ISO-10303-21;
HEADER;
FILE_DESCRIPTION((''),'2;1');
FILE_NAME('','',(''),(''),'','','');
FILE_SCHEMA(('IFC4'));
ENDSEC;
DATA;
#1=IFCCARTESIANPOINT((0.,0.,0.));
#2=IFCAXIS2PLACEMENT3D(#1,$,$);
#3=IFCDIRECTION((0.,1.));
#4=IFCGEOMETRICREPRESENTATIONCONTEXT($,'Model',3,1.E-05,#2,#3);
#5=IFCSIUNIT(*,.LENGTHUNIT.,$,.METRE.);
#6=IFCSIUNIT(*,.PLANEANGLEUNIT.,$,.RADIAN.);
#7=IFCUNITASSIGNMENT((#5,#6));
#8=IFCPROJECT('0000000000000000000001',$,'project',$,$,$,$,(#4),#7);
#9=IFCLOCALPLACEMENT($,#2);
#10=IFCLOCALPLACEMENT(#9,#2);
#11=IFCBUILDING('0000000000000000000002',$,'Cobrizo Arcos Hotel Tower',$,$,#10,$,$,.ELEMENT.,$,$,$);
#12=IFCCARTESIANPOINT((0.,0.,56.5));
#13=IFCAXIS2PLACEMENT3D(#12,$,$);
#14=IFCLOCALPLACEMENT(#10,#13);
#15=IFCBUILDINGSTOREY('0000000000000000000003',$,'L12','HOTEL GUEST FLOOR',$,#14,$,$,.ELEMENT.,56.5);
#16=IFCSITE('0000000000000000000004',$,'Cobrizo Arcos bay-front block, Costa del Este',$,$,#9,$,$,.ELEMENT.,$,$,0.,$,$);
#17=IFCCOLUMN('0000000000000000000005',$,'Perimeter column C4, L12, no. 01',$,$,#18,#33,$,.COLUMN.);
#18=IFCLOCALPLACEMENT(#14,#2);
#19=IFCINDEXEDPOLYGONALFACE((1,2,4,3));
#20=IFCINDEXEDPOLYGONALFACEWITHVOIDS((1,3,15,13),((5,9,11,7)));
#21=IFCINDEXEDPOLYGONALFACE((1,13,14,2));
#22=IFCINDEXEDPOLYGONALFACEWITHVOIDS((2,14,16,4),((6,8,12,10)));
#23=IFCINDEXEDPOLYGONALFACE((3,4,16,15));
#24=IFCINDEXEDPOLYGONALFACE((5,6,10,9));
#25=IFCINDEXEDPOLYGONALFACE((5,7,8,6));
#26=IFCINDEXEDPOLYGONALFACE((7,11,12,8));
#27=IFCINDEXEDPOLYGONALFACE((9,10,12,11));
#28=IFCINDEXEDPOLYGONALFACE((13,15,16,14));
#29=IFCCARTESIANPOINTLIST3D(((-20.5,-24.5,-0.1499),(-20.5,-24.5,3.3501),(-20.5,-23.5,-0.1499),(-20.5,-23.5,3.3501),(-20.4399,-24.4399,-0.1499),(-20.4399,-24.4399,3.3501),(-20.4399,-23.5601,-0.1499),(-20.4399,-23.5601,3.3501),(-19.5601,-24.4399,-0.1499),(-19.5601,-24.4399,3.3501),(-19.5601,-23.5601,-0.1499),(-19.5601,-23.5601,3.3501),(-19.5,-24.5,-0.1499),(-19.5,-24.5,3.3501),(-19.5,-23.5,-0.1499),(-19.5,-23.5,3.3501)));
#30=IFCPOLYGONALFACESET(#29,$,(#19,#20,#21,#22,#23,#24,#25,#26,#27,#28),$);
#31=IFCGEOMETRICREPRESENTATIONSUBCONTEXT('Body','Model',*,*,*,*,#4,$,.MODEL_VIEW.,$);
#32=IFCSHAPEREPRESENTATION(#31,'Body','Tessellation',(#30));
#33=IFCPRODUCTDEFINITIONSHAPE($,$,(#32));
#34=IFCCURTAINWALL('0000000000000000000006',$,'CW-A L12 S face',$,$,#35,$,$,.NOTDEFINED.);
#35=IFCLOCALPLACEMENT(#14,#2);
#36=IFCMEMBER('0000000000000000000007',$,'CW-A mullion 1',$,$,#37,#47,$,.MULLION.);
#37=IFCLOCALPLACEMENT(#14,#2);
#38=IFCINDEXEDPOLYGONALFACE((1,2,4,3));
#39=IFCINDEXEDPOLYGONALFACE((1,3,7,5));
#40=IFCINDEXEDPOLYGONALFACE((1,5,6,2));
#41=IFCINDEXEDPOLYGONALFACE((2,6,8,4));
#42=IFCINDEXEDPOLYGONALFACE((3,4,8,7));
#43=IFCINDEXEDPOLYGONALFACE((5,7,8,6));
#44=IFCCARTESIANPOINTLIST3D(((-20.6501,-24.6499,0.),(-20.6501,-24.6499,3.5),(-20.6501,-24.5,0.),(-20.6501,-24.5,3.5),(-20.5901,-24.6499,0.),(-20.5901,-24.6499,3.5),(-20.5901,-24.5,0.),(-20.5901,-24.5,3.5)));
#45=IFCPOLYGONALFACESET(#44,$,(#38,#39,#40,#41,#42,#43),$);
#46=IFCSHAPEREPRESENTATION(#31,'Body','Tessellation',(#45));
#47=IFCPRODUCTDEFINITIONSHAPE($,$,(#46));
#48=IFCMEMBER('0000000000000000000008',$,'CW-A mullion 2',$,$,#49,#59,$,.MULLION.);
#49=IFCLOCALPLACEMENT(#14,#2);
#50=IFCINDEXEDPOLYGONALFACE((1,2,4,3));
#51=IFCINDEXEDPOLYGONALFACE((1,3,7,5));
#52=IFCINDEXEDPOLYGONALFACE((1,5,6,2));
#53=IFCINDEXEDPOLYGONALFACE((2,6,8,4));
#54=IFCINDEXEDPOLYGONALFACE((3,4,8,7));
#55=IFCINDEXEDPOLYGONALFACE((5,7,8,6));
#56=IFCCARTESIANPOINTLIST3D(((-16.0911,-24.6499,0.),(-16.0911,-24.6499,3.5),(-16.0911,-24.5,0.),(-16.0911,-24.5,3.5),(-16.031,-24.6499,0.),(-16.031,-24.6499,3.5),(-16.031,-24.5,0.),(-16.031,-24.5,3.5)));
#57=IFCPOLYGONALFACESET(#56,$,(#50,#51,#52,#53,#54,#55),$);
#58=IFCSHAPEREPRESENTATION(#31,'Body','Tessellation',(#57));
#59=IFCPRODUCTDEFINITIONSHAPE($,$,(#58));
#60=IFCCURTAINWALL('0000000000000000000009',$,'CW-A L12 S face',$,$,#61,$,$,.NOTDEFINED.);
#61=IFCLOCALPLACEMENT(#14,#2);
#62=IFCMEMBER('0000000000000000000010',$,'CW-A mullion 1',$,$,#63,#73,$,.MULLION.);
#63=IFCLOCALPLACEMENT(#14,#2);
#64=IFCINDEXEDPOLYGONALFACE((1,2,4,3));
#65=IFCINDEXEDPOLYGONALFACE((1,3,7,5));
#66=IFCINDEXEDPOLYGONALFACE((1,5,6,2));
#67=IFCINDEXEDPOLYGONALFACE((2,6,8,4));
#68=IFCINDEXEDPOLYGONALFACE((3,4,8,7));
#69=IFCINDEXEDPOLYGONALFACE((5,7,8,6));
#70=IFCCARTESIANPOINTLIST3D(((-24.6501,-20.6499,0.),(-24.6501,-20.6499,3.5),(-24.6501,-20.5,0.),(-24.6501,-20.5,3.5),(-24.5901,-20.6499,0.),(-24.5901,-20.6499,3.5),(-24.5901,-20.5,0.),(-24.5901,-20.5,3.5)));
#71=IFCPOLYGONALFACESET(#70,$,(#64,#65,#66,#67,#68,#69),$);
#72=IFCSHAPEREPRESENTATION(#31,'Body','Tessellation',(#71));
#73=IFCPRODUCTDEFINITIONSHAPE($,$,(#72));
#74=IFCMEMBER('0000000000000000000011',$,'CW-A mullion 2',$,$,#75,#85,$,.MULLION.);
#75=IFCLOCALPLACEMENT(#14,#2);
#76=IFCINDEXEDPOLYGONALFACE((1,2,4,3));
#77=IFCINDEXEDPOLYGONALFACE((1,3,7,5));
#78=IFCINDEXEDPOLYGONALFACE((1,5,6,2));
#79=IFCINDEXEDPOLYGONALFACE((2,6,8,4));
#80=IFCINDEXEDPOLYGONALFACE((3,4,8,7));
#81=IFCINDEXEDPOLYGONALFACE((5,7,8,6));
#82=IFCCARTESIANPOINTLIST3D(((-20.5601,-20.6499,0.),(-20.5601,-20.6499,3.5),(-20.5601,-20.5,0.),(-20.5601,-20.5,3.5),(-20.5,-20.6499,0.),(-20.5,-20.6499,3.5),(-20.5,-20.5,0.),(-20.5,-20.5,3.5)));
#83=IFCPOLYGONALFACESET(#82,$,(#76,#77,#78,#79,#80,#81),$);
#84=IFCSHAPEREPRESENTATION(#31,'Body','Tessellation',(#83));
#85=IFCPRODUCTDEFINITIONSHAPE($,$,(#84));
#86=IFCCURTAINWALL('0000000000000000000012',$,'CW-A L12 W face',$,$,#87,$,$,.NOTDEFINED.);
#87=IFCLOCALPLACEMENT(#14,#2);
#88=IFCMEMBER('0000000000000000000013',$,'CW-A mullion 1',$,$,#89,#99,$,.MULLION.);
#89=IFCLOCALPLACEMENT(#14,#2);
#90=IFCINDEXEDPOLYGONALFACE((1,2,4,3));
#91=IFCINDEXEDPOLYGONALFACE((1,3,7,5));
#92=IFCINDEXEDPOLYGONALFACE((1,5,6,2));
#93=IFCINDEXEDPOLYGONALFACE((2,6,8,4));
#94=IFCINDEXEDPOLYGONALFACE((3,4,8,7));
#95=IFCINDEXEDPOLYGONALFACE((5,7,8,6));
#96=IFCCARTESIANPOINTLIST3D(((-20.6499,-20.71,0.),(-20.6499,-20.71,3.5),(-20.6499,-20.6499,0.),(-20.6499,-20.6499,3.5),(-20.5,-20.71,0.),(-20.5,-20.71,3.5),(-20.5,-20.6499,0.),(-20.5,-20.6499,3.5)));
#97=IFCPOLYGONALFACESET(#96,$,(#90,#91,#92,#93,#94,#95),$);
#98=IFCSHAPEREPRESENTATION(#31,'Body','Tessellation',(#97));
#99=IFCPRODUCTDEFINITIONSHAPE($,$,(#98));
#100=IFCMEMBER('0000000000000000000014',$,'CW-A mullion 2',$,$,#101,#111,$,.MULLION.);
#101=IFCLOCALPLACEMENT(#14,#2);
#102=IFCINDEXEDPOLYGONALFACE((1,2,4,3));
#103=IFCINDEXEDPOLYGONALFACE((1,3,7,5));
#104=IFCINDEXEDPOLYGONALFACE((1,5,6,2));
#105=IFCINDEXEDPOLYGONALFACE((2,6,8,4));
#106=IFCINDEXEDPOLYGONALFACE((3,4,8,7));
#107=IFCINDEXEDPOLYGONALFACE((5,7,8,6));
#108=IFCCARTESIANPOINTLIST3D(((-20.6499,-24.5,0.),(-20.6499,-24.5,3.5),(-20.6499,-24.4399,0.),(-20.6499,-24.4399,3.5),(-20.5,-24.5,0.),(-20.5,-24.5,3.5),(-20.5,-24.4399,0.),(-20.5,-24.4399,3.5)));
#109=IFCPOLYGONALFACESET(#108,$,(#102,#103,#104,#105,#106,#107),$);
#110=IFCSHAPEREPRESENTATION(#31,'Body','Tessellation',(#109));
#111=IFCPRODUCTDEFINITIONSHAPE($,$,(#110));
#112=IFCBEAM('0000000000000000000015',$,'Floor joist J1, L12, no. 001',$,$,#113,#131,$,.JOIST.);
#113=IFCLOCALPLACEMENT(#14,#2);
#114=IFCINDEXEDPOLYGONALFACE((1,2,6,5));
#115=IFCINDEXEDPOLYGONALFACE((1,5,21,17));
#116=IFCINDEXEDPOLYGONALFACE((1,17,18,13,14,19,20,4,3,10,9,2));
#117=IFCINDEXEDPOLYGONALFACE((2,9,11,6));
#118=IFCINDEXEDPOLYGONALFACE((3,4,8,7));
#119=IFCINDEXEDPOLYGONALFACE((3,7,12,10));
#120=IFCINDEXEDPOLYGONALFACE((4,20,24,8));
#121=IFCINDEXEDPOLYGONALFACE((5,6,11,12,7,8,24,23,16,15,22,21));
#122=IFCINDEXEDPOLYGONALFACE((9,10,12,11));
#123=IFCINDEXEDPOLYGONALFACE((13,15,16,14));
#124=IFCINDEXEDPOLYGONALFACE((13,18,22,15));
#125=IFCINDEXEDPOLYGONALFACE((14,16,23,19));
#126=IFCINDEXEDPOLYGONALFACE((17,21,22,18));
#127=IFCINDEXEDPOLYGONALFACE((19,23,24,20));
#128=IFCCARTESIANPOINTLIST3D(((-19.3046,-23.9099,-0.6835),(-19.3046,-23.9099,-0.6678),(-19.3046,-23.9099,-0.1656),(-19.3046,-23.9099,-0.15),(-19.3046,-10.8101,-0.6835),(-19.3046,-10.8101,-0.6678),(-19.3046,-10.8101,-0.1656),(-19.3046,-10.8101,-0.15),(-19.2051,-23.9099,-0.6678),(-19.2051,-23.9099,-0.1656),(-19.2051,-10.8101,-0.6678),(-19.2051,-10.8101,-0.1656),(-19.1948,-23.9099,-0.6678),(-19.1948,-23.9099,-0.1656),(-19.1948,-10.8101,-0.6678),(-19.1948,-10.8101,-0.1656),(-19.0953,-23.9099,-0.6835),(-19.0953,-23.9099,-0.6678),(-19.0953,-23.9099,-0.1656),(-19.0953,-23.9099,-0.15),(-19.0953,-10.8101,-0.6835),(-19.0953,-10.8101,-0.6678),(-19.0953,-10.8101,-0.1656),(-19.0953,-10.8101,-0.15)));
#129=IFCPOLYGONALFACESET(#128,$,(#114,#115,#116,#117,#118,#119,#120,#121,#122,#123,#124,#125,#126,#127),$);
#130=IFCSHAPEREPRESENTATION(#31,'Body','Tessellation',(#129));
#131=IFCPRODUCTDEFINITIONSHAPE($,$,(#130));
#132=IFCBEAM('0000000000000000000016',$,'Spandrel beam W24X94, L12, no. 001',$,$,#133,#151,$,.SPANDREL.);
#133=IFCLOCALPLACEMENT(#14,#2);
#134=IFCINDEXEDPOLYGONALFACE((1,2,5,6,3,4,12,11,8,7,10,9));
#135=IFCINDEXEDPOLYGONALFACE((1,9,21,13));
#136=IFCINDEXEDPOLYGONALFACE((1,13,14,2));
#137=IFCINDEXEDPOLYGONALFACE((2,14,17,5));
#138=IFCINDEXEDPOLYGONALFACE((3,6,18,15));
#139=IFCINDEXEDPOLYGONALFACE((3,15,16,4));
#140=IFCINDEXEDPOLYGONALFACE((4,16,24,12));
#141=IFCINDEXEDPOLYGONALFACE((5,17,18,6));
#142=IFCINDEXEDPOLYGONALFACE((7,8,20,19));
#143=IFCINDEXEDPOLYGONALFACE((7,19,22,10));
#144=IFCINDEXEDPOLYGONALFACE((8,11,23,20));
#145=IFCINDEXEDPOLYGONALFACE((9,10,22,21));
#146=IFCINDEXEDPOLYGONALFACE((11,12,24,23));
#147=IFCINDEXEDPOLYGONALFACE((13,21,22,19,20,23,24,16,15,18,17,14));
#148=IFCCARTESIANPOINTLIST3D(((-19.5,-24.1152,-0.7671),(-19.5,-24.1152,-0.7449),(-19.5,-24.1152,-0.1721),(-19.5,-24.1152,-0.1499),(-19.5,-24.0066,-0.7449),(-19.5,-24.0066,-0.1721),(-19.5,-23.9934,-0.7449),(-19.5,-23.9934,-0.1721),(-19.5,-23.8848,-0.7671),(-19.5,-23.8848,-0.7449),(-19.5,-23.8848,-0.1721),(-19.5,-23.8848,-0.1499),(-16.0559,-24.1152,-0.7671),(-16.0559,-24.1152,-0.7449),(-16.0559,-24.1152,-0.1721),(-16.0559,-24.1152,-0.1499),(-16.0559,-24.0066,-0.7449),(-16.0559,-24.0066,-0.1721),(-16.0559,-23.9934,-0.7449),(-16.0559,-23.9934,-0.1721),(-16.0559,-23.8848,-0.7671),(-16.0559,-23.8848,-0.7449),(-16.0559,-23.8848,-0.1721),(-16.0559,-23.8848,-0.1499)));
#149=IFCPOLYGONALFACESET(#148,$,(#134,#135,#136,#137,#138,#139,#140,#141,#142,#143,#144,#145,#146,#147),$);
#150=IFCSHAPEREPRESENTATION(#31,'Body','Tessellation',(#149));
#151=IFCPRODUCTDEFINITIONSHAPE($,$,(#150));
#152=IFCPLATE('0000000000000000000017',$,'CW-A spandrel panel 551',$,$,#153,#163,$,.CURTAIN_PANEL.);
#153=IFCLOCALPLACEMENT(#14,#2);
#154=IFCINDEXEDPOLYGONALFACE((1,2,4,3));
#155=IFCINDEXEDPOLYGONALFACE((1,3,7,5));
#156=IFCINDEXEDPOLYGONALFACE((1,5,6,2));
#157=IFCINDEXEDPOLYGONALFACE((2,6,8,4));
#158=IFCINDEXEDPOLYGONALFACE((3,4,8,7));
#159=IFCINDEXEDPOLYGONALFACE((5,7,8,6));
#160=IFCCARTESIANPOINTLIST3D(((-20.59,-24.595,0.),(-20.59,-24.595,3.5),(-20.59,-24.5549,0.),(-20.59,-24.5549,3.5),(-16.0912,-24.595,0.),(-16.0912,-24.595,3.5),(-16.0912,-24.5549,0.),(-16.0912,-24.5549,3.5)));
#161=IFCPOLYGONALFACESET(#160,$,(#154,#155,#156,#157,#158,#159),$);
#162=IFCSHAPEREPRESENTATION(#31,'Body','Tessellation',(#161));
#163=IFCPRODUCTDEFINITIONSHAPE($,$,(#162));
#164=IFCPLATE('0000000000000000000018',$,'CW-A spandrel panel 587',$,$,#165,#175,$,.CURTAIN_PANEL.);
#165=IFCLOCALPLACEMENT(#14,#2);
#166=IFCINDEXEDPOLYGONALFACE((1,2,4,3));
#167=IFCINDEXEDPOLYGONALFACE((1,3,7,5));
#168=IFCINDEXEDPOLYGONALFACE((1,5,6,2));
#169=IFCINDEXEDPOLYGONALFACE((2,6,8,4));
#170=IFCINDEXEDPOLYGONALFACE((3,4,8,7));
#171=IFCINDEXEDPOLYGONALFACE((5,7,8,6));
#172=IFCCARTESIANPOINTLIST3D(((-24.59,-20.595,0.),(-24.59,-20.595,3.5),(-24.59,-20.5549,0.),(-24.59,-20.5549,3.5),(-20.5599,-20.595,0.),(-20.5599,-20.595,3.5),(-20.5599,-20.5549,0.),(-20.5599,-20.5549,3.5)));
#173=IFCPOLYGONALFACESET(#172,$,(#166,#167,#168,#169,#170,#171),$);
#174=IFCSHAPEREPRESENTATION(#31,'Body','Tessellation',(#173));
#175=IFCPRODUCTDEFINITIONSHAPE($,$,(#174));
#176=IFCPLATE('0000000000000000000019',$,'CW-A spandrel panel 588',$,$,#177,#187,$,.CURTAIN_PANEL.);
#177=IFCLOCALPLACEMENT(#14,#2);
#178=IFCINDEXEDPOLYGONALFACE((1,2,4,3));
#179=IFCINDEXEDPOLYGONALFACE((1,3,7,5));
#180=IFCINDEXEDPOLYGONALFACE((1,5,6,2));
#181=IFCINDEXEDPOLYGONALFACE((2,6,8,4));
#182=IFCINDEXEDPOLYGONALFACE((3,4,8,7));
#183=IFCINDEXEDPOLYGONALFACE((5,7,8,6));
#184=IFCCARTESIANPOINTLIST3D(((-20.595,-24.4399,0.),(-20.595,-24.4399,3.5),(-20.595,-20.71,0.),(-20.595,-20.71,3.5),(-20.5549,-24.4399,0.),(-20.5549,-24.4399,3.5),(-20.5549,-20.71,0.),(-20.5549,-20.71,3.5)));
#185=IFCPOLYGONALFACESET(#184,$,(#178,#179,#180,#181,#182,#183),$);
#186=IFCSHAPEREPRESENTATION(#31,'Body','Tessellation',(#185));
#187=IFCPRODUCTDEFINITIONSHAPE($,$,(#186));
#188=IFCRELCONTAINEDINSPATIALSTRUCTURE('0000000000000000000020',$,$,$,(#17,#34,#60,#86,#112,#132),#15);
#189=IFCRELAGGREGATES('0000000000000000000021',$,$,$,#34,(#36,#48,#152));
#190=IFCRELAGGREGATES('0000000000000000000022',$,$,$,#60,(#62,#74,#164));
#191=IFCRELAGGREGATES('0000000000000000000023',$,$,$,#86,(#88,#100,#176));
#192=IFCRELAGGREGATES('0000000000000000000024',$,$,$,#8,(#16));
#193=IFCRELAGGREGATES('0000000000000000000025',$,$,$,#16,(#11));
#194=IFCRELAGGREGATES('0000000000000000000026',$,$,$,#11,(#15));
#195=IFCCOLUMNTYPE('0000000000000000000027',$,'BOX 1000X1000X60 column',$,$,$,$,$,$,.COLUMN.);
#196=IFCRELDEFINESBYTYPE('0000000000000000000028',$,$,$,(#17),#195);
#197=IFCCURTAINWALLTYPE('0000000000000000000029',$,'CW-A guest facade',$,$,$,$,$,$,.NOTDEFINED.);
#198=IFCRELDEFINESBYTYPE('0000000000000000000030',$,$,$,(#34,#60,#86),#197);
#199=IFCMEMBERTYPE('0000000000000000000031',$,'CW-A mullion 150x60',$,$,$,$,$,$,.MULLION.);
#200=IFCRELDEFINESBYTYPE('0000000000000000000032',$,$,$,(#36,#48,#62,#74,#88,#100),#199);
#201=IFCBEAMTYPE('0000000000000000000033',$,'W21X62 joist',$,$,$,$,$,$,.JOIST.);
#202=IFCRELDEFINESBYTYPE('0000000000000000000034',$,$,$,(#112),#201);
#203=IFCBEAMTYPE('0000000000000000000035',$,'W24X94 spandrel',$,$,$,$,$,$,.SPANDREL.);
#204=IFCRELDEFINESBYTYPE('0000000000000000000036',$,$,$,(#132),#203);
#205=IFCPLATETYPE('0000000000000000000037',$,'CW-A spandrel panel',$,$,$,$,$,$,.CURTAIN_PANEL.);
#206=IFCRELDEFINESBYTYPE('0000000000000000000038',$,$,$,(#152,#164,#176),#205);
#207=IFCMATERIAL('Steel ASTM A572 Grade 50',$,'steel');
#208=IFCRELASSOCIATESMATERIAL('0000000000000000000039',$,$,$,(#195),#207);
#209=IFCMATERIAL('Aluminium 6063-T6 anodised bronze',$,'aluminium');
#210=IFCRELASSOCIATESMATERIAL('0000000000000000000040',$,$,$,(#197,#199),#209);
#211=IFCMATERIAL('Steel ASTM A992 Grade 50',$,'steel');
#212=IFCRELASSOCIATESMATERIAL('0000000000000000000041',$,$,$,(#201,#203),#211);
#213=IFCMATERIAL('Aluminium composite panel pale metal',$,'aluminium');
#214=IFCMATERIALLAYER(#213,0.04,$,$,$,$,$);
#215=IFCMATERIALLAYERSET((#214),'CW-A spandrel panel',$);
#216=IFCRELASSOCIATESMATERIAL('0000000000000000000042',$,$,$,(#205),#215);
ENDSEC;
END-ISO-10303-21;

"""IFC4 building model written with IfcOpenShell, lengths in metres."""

from ifc_helpers import new_model, si_unit, direction, frame, origin, origin_2d, place, context, subcontext, project, spatial, rectangle, hollow_rectangle, i_section, extrude, material, layer, layer_set, material_profile, profile_set, type_object, element, aggregate, save


model = new_model("IFC4")

# Units and contexts
model_context = context("Model", 3, precision=1e-05, world=origin(), true_north=direction((0.0, 1.0)))
body_context = subcontext(model_context, "Body", "Model", "MODEL_VIEW")
ifc_project = project(units=[si_unit("LENGTHUNIT", "METRE"), si_unit("PLANEANGLEUNIT", "RADIAN")], contexts=[model_context])

# Site, building, storey
site_placement = place(None, origin())
site = spatial("IfcSite", under=ifc_project, at=site_placement, Name="Cobrizo Arcos bay-front block, Costa del Este", CompositionType="ELEMENT", RefElevation=0.0)
building_placement = place(site_placement, origin())
building = spatial("IfcBuilding", under=site, at=building_placement, Name="Cobrizo Arcos Hotel Tower", CompositionType="ELEMENT")
storey_placement = place(building_placement, frame((0.0, 0.0, 56.5)))
storey = spatial("IfcBuildingStorey", under=building, at=storey_placement, Name="L12", Description="HOTEL GUEST FLOOR", CompositionType="ELEMENT", Elevation=56.5)

# Column
ifc_material_1 = material(Name="Steel ASTM A572 Grade 50", Category="steel")
ifc_material_profile_1 = material_profile(ifc_material_1, hollow_rectangle(XDim=1.0, YDim=1.0, WallThickness=0.0601, at=origin_2d()), Name="BOX 1000X1000X60")
ifc_profile_set_1 = profile_set([ifc_material_profile_1], Name="Steel ASTM A572 Grade 50")
column_type = type_object("IfcColumnType", Name="BOX 1000X1000X60 column", PredefinedType="COLUMN", material=ifc_profile_set_1)
column_placement = place(storey_placement, frame((-20.0, -24.0, -0.1499), z_axis=(0.0, 0.0, 1.0), x_axis=(1.0, 0.0, 0.0)))
element("IfcColumn", 1, at=column_placement, inside=storey, type_object=column_type, Name="Perimeter column C4, L12, no. 01", PredefinedType="COLUMN", context=body_context, shape_type="SweptSolid", body=[
    extrude(hollow_rectangle(XDim=1.0, YDim=1.0, WallThickness=0.0601, at=origin_2d()), origin(), (0.0, 0.0, 1.0), 3.5),
])

# Curtain walls, members
ifc_material_2 = material(Name="Aluminium 6063-T6 anodised bronze", Category="aluminium")
curtain_wall_type = type_object("IfcCurtainWallType", Name="CW-A guest facade", PredefinedType="NOTDEFINED", material=ifc_material_2)
curtain_wall_1_placement = place(storey_placement, origin())
curtain_wall_1 = element("IfcCurtainWall", 2, at=curtain_wall_1_placement, inside=storey, type_object=curtain_wall_type, Name="CW-A L12 S face", PredefinedType="NOTDEFINED")
ifc_material_profile_2 = material_profile(ifc_material_2, rectangle(XDim=0.1499, YDim=0.0601, at=origin_2d()), Name="CW-A mullion 150x60")
ifc_profile_set_2 = profile_set([ifc_material_profile_2], Name="Aluminium 6063-T6 anodised bronze")
member_type = type_object("IfcMemberType", Name="CW-A mullion 150x60", PredefinedType="MULLION", material=ifc_profile_set_2)
member_1_placement = place(storey_placement, frame((-20.6201, -24.575, 0.0), z_axis=(0.0, 0.0, 1.0), x_axis=(0.0, -1.0, 0.0)))
member_1 = element("IfcMember", 3, at=member_1_placement, type_object=member_type, Name="CW-A mullion 1", PredefinedType="MULLION", context=body_context, shape_type="SweptSolid", body=[
    extrude(rectangle(XDim=0.1499, YDim=0.0601, at=origin_2d()), origin(), (0.0, 0.0, 1.0), 3.5),
])
member_2_placement = place(storey_placement, frame((-16.061, -24.575, 0.0), z_axis=(0.0, 0.0, 1.0), x_axis=(0.0, -1.0, 0.0)))
member_2 = element("IfcMember", 4, at=member_2_placement, type_object=member_type, Name="CW-A mullion 2", PredefinedType="MULLION", context=body_context, shape_type="SweptSolid", body=[
    extrude(rectangle(XDim=0.1499, YDim=0.0601, at=origin_2d()), origin(), (0.0, 0.0, 1.0), 3.5),
])
curtain_wall_2_placement = place(storey_placement, origin())
curtain_wall_2 = element("IfcCurtainWall", 5, at=curtain_wall_2_placement, inside=storey, type_object=curtain_wall_type, Name="CW-A L12 S face", PredefinedType="NOTDEFINED")
member_3_placement = place(storey_placement, frame((-24.6201, -20.575, 0.0), z_axis=(0.0, 0.0, 1.0), x_axis=(0.0, -1.0, 0.0)))
member_3 = element("IfcMember", 6, at=member_3_placement, type_object=member_type, Name="CW-A mullion 1", PredefinedType="MULLION", context=body_context, shape_type="SweptSolid", body=[
    extrude(rectangle(XDim=0.1499, YDim=0.0601, at=origin_2d()), origin(), (0.0, 0.0, 1.0), 3.5),
])
member_4_placement = place(storey_placement, frame((-20.53, -20.575, 0.0), z_axis=(0.0, 0.0, 1.0), x_axis=(0.0, -1.0, 0.0)))
member_4 = element("IfcMember", 7, at=member_4_placement, type_object=member_type, Name="CW-A mullion 2", PredefinedType="MULLION", context=body_context, shape_type="SweptSolid", body=[
    extrude(rectangle(XDim=0.1499, YDim=0.0601, at=origin_2d()), origin(), (0.0, 0.0, 1.0), 3.5),
])
curtain_wall_3_placement = place(storey_placement, origin())
curtain_wall_3 = element("IfcCurtainWall", 8, at=curtain_wall_3_placement, inside=storey, type_object=curtain_wall_type, Name="CW-A L12 W face", PredefinedType="NOTDEFINED")
member_5_placement = place(storey_placement, frame((-20.575, -20.6799, 0.0), z_axis=(0.0, 0.0, 1.0), x_axis=(-1.0, 0.0, 0.0)))
member_5 = element("IfcMember", 9, at=member_5_placement, type_object=member_type, Name="CW-A mullion 1", PredefinedType="MULLION", context=body_context, shape_type="SweptSolid", body=[
    extrude(rectangle(XDim=0.1499, YDim=0.0601, at=origin_2d()), origin(), (0.0, 0.0, 1.0), 3.5),
])
member_6_placement = place(storey_placement, frame((-20.575, -24.47, 0.0), z_axis=(0.0, 0.0, 1.0), x_axis=(-1.0, 0.0, 0.0)))
member_6 = element("IfcMember", 10, at=member_6_placement, type_object=member_type, Name="CW-A mullion 2", PredefinedType="MULLION", context=body_context, shape_type="SweptSolid", body=[
    extrude(rectangle(XDim=0.1499, YDim=0.0601, at=origin_2d()), origin(), (0.0, 0.0, 1.0), 3.5),
])

# Beams
ifc_material_3 = material(Name="Steel ASTM A992 Grade 50", Category="steel")
ifc_material_profile_3 = material_profile(ifc_material_3, i_section(OverallWidth=0.2092, OverallDepth=0.5334, WebThickness=0.0103, FlangeThickness=0.0156, at=origin_2d()), Name="W21X62")
ifc_profile_set_3 = profile_set([ifc_material_profile_3], Name="Steel ASTM A992 Grade 50")
beam_type_1 = type_object("IfcBeamType", Name="W21X62 joist", PredefinedType="JOIST", material=ifc_profile_set_3)
beam_1_placement = place(storey_placement, frame((-19.2, -23.9099, -0.4167), z_axis=(0.0, 1.0, 0.0), x_axis=(-1.0, 0.0, 0.0)))
element("IfcBeam", 11, at=beam_1_placement, inside=storey, type_object=beam_type_1, Name="Floor joist J1, L12, no. 001", PredefinedType="JOIST", context=body_context, shape_type="SweptSolid", body=[
    extrude(i_section(OverallWidth=0.2092, OverallDepth=0.5334, WebThickness=0.0103, FlangeThickness=0.0156, at=origin_2d()), origin(), (0.0, 0.0, 1.0), 13.0999),
])
ifc_material_profile_4 = material_profile(ifc_material_3, i_section(OverallWidth=0.2305, OverallDepth=0.6172, WebThickness=0.0132, FlangeThickness=0.0222, at=origin_2d()), Name="W24X94")
ifc_profile_set_4 = profile_set([ifc_material_profile_4], Name="Steel ASTM A992 Grade 50")
beam_type_2 = type_object("IfcBeamType", Name="W24X94 spandrel", PredefinedType="SPANDREL", material=ifc_profile_set_4)
beam_2_placement = place(storey_placement, frame((-19.5, -24.0, -0.4585), z_axis=(1.0, 0.0, 0.0), x_axis=(0.0, 1.0, 0.0)))
element("IfcBeam", 12, at=beam_2_placement, inside=storey, type_object=beam_type_2, Name="Spandrel beam W24X94, L12, no. 001", PredefinedType="SPANDREL", context=body_context, shape_type="SweptSolid", body=[
    extrude(i_section(OverallWidth=0.2305, OverallDepth=0.6172, WebThickness=0.0132, FlangeThickness=0.0222, at=origin_2d()), origin(), (0.0, 0.0, 1.0), 3.4441),
])

# Plates
ifc_material_4 = material(Name="Aluminium composite panel pale metal", Category="aluminium")
ifc_layer_1 = layer(ifc_material_4, 0.04)
ifc_layer_set_1 = layer_set([ifc_layer_1], Name="CW-A spandrel panel")
plate_type = type_object("IfcPlateType", Name="CW-A spandrel panel", PredefinedType="CURTAIN_PANEL", material=ifc_layer_set_1)
plate_1_placement = place(storey_placement, frame((-18.3406, -24.575, 0.0), z_axis=(0.0, 0.0, 1.0), x_axis=(1.0, 0.0, 0.0)))
plate_1 = element("IfcPlate", 13, at=plate_1_placement, type_object=plate_type, Name="CW-A spandrel panel 551", PredefinedType="CURTAIN_PANEL", context=body_context, shape_type="SweptSolid", body=[
    extrude(rectangle(XDim=4.4988, YDim=0.04, at=origin_2d()), origin(), (0.0, 0.0, 1.0), 3.5),
])
aggregate(curtain_wall_1, [member_1, member_2, plate_1])
plate_2_placement = place(storey_placement, frame((-22.575, -20.575, 0.0), z_axis=(0.0, 0.0, 1.0), x_axis=(1.0, 0.0, 0.0)))
plate_2 = element("IfcPlate", 14, at=plate_2_placement, type_object=plate_type, Name="CW-A spandrel panel 587", PredefinedType="CURTAIN_PANEL", context=body_context, shape_type="SweptSolid", body=[
    extrude(rectangle(XDim=4.03, YDim=0.04, at=origin_2d()), origin(), (0.0, 0.0, 1.0), 3.5),
])
aggregate(curtain_wall_2, [member_3, member_4, plate_2])
plate_3_placement = place(storey_placement, frame((-20.575, -22.575, 0.0), z_axis=(0.0, 0.0, 1.0), x_axis=(0.0, -1.0, 0.0)))
plate_3 = element("IfcPlate", 15, at=plate_3_placement, type_object=plate_type, Name="CW-A spandrel panel 588", PredefinedType="CURTAIN_PANEL", context=body_context, shape_type="SweptSolid", body=[
    extrude(rectangle(XDim=3.73, YDim=0.04, at=origin_2d()), origin(), (0.0, 0.0, 1.0), 3.5),
])
aggregate(curtain_wall_3, [member_5, member_6, plate_3])

save(model, "model.ifc")
